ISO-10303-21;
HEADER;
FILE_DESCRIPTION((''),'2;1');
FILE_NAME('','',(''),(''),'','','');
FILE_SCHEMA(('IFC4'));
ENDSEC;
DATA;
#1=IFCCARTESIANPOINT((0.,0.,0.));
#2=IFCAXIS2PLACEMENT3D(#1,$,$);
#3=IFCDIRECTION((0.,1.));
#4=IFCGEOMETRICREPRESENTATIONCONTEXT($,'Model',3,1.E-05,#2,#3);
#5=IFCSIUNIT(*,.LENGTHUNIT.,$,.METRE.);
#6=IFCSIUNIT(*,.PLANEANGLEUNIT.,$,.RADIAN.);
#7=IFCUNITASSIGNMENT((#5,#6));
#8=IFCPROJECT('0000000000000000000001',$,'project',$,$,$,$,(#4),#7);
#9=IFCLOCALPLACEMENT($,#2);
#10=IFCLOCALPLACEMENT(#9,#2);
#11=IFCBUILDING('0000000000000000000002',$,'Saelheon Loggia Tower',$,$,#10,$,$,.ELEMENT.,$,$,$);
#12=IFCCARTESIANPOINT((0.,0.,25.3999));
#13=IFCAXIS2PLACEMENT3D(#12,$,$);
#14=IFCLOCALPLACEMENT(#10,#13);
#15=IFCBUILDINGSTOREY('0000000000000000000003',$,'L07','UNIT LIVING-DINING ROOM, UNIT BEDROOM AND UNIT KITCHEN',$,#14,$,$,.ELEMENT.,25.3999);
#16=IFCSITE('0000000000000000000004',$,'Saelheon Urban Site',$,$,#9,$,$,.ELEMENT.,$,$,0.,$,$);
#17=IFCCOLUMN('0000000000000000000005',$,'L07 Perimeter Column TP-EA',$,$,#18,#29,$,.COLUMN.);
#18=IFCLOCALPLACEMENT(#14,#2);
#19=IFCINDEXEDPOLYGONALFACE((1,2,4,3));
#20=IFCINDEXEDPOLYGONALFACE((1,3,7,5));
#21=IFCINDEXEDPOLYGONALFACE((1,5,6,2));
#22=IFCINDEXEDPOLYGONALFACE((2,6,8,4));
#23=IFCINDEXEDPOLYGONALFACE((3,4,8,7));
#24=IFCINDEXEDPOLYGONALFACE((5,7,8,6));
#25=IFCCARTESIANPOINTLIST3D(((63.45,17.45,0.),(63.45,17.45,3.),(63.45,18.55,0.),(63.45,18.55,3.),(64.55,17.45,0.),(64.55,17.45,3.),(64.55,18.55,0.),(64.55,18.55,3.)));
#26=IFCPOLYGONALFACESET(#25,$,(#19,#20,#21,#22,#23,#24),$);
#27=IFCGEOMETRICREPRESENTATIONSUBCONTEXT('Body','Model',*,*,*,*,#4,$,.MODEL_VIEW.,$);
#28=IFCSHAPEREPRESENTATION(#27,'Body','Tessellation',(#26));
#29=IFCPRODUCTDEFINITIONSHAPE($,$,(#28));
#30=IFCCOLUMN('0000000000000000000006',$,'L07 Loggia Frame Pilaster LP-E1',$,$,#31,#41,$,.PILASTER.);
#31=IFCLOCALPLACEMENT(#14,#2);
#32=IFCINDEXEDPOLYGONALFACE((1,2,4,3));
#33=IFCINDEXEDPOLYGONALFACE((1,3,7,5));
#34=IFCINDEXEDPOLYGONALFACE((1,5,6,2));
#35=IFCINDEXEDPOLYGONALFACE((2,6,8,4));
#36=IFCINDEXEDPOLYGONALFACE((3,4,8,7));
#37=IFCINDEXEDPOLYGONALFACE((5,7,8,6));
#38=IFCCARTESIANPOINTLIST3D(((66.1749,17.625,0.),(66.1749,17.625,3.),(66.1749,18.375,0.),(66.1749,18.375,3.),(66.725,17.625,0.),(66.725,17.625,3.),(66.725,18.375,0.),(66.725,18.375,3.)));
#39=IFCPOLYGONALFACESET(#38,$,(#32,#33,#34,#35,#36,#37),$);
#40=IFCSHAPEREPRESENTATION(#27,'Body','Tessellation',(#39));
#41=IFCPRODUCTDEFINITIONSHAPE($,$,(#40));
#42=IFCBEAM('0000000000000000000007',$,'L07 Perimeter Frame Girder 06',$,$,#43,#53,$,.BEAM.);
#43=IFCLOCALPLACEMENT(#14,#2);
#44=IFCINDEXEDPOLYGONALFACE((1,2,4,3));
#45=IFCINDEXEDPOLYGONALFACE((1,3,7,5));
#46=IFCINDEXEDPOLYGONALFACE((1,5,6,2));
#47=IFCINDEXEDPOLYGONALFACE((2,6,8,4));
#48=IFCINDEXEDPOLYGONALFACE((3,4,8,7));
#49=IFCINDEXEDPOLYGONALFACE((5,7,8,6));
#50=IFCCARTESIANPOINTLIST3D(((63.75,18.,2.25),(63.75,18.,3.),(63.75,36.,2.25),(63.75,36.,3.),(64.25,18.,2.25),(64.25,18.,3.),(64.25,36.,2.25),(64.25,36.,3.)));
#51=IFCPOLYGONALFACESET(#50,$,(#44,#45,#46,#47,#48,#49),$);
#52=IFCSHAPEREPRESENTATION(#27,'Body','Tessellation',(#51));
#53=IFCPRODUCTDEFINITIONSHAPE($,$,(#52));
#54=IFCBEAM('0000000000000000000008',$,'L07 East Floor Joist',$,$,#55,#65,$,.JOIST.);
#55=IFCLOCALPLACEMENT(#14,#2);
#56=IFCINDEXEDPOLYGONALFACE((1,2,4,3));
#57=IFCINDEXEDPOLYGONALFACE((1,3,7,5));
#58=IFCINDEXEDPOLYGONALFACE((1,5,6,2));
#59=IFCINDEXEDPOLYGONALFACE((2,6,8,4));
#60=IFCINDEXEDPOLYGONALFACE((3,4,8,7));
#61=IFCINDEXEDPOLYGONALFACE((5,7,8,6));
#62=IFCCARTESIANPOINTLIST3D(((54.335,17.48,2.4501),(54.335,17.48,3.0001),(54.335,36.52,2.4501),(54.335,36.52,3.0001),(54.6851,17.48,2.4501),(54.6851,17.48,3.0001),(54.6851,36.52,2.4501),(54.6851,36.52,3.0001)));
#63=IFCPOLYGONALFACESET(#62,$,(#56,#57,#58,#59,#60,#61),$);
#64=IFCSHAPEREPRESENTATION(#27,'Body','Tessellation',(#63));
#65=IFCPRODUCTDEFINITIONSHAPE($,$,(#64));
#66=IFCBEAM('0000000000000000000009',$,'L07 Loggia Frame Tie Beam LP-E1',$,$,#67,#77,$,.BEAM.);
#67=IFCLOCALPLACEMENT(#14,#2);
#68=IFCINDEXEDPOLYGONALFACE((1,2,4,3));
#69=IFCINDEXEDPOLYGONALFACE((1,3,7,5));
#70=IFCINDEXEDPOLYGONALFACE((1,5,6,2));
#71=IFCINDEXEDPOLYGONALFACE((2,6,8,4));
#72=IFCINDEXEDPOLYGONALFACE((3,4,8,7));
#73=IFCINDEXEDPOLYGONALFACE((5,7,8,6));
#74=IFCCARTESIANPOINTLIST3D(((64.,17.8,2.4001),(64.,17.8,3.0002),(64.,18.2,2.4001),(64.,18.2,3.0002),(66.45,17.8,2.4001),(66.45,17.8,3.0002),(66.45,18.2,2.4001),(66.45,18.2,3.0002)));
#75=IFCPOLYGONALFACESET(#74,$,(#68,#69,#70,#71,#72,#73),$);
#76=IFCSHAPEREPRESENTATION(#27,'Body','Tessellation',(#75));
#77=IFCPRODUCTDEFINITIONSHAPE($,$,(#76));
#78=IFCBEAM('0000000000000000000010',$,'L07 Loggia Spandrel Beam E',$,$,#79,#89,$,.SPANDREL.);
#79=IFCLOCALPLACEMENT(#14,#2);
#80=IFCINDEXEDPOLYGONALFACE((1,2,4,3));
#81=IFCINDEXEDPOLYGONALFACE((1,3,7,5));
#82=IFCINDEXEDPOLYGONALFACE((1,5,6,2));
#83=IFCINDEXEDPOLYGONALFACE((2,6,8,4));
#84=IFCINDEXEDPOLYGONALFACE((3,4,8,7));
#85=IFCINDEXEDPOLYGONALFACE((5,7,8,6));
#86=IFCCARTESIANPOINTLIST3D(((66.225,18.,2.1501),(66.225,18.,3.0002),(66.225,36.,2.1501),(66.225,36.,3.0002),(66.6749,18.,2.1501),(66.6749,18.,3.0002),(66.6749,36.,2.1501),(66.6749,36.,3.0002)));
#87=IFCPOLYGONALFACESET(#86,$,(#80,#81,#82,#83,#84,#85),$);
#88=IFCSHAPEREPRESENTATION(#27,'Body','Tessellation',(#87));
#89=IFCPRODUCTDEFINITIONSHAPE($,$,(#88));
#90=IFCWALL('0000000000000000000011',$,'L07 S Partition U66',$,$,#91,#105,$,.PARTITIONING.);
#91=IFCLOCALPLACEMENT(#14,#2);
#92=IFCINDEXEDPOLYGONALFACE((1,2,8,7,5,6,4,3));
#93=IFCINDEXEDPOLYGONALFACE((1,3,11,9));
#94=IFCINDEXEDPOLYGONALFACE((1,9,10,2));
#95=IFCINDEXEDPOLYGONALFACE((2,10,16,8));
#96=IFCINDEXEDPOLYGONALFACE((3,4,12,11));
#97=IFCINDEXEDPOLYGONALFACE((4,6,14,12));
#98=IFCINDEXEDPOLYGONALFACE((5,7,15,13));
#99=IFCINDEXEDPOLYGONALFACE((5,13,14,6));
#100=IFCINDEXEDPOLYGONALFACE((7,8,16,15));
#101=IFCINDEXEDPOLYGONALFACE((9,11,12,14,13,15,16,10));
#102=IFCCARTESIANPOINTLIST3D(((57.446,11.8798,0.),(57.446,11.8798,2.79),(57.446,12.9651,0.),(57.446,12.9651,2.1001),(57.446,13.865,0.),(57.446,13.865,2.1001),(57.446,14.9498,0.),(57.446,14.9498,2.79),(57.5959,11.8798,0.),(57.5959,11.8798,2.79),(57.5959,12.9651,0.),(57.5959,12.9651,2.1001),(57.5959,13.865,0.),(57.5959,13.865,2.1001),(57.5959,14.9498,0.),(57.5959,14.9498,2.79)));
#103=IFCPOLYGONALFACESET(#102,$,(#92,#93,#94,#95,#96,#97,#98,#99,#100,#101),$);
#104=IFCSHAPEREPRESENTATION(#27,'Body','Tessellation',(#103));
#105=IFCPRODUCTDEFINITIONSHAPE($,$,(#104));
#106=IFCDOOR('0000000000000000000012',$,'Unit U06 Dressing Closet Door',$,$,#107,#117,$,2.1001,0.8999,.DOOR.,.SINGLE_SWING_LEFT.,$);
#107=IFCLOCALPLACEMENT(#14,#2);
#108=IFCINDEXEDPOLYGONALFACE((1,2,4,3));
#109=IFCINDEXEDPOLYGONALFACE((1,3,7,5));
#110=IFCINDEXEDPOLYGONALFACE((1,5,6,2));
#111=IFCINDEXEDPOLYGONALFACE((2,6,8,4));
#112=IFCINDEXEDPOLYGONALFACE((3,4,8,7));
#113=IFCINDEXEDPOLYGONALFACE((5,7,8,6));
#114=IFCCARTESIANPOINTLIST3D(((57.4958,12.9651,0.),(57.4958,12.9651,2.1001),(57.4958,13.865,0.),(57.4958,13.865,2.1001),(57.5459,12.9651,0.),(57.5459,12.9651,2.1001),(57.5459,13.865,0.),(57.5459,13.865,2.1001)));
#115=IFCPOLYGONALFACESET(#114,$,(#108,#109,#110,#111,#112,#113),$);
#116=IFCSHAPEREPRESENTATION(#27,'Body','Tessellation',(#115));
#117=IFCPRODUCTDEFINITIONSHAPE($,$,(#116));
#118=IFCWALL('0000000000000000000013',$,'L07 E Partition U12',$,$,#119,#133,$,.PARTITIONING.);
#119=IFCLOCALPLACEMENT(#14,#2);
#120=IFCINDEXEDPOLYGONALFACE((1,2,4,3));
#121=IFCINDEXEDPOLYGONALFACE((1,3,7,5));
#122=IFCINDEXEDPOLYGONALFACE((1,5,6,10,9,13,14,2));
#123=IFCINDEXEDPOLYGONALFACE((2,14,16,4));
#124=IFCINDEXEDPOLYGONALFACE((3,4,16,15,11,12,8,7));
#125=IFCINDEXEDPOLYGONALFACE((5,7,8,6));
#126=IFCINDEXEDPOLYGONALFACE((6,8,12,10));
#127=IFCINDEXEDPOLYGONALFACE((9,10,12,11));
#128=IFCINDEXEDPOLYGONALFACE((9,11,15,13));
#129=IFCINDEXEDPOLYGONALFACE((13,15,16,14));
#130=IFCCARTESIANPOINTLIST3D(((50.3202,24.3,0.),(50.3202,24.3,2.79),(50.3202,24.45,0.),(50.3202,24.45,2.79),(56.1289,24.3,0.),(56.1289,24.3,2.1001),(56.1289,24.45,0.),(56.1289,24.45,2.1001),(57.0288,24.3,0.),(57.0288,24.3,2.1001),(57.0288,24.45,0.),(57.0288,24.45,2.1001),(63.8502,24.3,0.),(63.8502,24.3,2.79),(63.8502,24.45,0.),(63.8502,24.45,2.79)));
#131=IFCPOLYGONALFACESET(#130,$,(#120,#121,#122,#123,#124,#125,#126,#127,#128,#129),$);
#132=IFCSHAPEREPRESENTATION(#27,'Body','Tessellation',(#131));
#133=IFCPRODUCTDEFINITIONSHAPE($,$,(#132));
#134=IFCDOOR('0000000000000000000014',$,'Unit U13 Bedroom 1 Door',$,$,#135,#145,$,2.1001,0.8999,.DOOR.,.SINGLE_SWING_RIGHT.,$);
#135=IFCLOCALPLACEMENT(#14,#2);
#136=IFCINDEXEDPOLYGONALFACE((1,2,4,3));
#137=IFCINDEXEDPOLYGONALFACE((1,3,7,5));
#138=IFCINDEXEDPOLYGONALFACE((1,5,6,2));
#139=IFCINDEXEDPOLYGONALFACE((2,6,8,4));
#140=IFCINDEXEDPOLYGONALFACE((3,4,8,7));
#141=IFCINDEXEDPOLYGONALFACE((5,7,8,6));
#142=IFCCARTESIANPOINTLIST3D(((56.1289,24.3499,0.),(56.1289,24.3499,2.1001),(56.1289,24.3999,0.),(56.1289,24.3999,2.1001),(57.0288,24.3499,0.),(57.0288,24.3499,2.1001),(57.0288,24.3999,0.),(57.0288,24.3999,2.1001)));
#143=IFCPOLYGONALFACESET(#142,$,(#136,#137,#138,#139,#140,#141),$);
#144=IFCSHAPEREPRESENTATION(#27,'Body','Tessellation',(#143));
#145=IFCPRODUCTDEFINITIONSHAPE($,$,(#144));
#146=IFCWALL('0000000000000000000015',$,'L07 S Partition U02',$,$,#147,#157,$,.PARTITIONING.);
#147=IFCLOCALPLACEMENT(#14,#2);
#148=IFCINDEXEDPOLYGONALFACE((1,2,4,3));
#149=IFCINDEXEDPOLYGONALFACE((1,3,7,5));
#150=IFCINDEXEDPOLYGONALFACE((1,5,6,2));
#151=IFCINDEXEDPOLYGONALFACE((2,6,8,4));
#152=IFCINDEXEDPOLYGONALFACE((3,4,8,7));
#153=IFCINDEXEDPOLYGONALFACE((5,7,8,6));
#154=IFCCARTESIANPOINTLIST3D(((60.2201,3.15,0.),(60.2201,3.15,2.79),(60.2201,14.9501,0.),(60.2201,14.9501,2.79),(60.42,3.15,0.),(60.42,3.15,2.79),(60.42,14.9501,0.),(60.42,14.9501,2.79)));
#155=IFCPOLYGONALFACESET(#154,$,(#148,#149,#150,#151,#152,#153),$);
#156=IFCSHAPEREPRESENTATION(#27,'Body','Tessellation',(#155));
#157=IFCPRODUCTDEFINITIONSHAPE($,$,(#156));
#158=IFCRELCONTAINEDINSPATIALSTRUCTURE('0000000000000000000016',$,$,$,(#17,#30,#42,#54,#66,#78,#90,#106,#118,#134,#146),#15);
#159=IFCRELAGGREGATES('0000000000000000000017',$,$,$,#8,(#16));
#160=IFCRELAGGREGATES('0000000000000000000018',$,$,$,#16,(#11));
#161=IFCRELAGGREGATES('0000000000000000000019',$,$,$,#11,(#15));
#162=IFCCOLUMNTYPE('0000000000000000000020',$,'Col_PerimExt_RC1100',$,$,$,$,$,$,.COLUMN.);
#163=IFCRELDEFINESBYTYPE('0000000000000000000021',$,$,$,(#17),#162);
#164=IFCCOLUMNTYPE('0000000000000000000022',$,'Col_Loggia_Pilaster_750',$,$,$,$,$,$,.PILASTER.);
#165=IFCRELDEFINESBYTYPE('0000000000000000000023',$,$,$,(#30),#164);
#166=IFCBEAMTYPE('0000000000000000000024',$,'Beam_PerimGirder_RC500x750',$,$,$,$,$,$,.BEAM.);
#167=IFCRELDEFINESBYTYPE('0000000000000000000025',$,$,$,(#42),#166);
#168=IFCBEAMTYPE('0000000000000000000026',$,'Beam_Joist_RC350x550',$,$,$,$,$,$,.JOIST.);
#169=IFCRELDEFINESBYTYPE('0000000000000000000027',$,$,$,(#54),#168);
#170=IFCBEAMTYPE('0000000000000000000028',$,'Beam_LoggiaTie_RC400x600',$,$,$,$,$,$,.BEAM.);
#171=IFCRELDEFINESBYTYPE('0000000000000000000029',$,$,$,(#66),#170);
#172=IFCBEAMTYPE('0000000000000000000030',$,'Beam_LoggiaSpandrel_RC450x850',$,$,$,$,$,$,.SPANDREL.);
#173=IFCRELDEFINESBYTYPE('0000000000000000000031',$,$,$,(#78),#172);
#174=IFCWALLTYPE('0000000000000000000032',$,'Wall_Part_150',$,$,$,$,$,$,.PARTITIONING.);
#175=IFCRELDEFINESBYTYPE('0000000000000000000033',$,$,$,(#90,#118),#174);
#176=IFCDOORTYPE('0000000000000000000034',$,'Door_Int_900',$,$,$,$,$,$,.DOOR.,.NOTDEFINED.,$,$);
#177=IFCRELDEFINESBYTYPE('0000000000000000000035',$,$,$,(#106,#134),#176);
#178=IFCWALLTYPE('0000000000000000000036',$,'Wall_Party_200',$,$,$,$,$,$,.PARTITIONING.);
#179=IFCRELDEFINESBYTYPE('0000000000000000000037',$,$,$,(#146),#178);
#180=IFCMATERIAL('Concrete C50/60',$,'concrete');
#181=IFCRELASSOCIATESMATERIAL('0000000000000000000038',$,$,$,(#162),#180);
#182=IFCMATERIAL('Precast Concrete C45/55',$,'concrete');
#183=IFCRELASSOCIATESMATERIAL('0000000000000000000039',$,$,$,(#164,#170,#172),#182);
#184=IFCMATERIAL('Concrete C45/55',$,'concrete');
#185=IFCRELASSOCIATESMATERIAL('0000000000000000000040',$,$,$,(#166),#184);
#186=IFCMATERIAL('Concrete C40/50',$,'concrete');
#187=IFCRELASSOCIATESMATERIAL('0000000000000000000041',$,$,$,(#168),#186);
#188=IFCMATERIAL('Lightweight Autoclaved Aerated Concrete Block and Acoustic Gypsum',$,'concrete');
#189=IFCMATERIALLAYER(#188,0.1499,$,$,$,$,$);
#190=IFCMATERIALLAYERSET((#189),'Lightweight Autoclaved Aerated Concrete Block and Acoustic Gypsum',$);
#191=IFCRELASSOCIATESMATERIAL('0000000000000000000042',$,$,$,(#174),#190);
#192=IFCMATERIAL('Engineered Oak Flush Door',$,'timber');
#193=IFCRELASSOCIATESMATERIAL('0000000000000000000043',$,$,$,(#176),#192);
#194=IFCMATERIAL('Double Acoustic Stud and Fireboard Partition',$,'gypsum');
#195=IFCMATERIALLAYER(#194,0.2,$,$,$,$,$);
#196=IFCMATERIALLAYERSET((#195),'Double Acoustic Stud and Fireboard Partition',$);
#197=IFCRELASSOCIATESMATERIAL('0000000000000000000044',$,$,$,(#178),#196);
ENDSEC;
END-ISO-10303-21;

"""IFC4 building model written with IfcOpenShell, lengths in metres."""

from ifc_helpers import new_model, si_unit, direction, frame, frame_2d, origin, origin_2d, place, context, subcontext, project, spatial, rectangle, extrude, source, transform, mapped, material, layer, layer_set, material_profile, profile_set, type_object, element, fill, save


model = new_model("IFC4")

# Units and contexts
model_context = context("Model", 3, precision=1e-05, world=origin(), true_north=direction((0.0, 1.0)))
body_context = subcontext(model_context, "Body", "Model", "MODEL_VIEW")
ifc_project = project(units=[si_unit("LENGTHUNIT", "METRE"), si_unit("PLANEANGLEUNIT", "RADIAN")], contexts=[model_context])

# Site, building, storey
site_placement = place(None, origin())
site = spatial("IfcSite", under=ifc_project, at=site_placement, Name="Saelheon Urban Site", CompositionType="ELEMENT", RefElevation=0.0)
building_placement = place(site_placement, origin())
building = spatial("IfcBuilding", under=site, at=building_placement, Name="Saelheon Loggia Tower", CompositionType="ELEMENT")
storey_placement = place(building_placement, frame((0.0, 0.0, 25.3999)))
storey = spatial("IfcBuildingStorey", under=building, at=storey_placement, Name="L07", Description="UNIT LIVING-DINING ROOM, UNIT BEDROOM AND UNIT KITCHEN", CompositionType="ELEMENT", Elevation=25.3999)

# Columns
ifc_material_1 = material(Name="Concrete C50/60", Category="concrete")
ifc_material_profile_1 = material_profile(ifc_material_1, rectangle(XDim=1.1001, YDim=1.1001, at=origin_2d()), Name="RC-1100x1100")
ifc_profile_set_1 = profile_set([ifc_material_profile_1], Name="Concrete C50/60")
column_type_1 = type_object("IfcColumnType", Name="Col_PerimExt_RC1100", PredefinedType="COLUMN", material=ifc_profile_set_1)
shared_shape_1 = source(origin(), body_context, "Body", "SweptSolid", [
    extrude(rectangle(XDim=1.1001, YDim=1.1001, at=origin_2d()), origin(), (0.0, 0.0, 1.0), 3.0),
])
column_1_placement = place(storey_placement, frame((64.0, 18.0, 0.0), z_axis=(0.0, 0.0, 1.0), x_axis=(1.0, 0.0, 0.0)))
element("IfcColumn", 1, at=column_1_placement, inside=storey, type_object=column_type_1, Name="L07 Perimeter Column TP-EA", PredefinedType="COLUMN", context=body_context, shape_type="MappedRepresentation", body=[
    mapped(shared_shape_1, transform((0.0, 0.0, 0.0), scale=1.0)),
])
ifc_material_2 = material(Name="Precast Concrete C45/55", Category="concrete")
ifc_material_profile_2 = material_profile(ifc_material_2, rectangle(XDim=0.55, YDim=0.75, at=origin_2d()), Name="RC-550x750")
ifc_profile_set_2 = profile_set([ifc_material_profile_2], Name="Precast Concrete C45/55")
column_type_2 = type_object("IfcColumnType", Name="Col_Loggia_Pilaster_750", PredefinedType="PILASTER", material=ifc_profile_set_2)
shared_shape_2 = source(origin(), body_context, "Body", "SweptSolid", [
    extrude(rectangle(XDim=0.55, YDim=0.75, at=origin_2d()), origin(), (0.0, 0.0, 1.0), 3.0),
])
column_2_placement = place(storey_placement, frame((66.45, 18.0, 0.0), z_axis=(0.0, 0.0, 1.0), x_axis=(1.0, 0.0, 0.0)))
element("IfcColumn", 2, at=column_2_placement, inside=storey, type_object=column_type_2, Name="L07 Loggia Frame Pilaster LP-E1", PredefinedType="PILASTER", context=body_context, shape_type="MappedRepresentation", body=[
    mapped(shared_shape_2, transform((0.0, 0.0, 0.0), scale=1.0)),
])

# Beams
ifc_material_3 = material(Name="Concrete C45/55", Category="concrete")
ifc_material_profile_3 = material_profile(ifc_material_3, rectangle(XDim=0.5, YDim=0.75, at=origin_2d()), Name="RC-500x750")
ifc_profile_set_3 = profile_set([ifc_material_profile_3], Name="Concrete C45/55")
beam_type_1 = type_object("IfcBeamType", Name="Beam_PerimGirder_RC500x750", PredefinedType="BEAM", material=ifc_profile_set_3)
shared_shape_3 = source(origin(), body_context, "Body", "SweptSolid", [
    extrude(rectangle(XDim=0.5, YDim=0.75, at=origin_2d()), origin(), (0.0, 0.0, 1.0), 18.0),
])
beam_1_placement = place(storey_placement, frame((64.0, 18.0, 2.625), z_axis=(0.0, 1.0, 0.0), x_axis=(-1.0, 0.0, 0.0)))
element("IfcBeam", 3, at=beam_1_placement, inside=storey, type_object=beam_type_1, Name="L07 Perimeter Frame Girder 06", PredefinedType="BEAM", context=body_context, shape_type="MappedRepresentation", body=[
    mapped(shared_shape_3, transform((0.0, 0.0, 0.0), scale=1.0)),
])
ifc_material_4 = material(Name="Concrete C40/50", Category="concrete")
ifc_material_profile_4 = material_profile(ifc_material_4, rectangle(XDim=0.3501, YDim=0.55, at=origin_2d()), Name="RC-350x550")
ifc_profile_set_4 = profile_set([ifc_material_profile_4], Name="Concrete C40/50")
beam_type_2 = type_object("IfcBeamType", Name="Beam_Joist_RC350x550", PredefinedType="JOIST", material=ifc_profile_set_4)
shared_shape_4 = source(origin(), body_context, "Body", "SweptSolid", [
    extrude(rectangle(XDim=0.3501, YDim=0.55, at=origin_2d()), origin(), (0.0, 0.0, 1.0), 19.04),
])
beam_2_placement = place(storey_placement, frame((54.51, 17.48, 2.7251), z_axis=(0.0, 1.0, 0.0), x_axis=(-1.0, 0.0, 0.0)))
element("IfcBeam", 4, at=beam_2_placement, inside=storey, type_object=beam_type_2, Name="L07 East Floor Joist", PredefinedType="JOIST", context=body_context, shape_type="MappedRepresentation", body=[
    mapped(shared_shape_4, transform((0.0, 0.0, 0.0), scale=1.0)),
])
ifc_material_profile_5 = material_profile(ifc_material_2, rectangle(XDim=0.3999, YDim=0.6001, at=origin_2d()), Name="RC-400x600")
ifc_profile_set_5 = profile_set([ifc_material_profile_5], Name="Precast Concrete C45/55")
beam_type_3 = type_object("IfcBeamType", Name="Beam_LoggiaTie_RC400x600", PredefinedType="BEAM", material=ifc_profile_set_5)
shared_shape_5 = source(origin(), body_context, "Body", "SweptSolid", [
    extrude(rectangle(XDim=0.3999, YDim=0.6001, at=origin_2d()), origin(), (0.0, 0.0, 1.0), 2.45),
])
beam_3_placement = place(storey_placement, frame((64.0, 18.0, 2.7002), z_axis=(1.0, 0.0, 0.0), x_axis=(0.0, 1.0, 0.0)))
element("IfcBeam", 5, at=beam_3_placement, inside=storey, type_object=beam_type_3, Name="L07 Loggia Frame Tie Beam LP-E1", PredefinedType="BEAM", context=body_context, shape_type="MappedRepresentation", body=[
    mapped(shared_shape_5, transform((0.0, 0.0, 0.0), scale=1.0)),
])
ifc_material_profile_6 = material_profile(ifc_material_2, rectangle(XDim=0.45, YDim=0.8501, at=origin_2d()), Name="RC-450x850")
ifc_profile_set_6 = profile_set([ifc_material_profile_6], Name="Precast Concrete C45/55")
beam_type_4 = type_object("IfcBeamType", Name="Beam_LoggiaSpandrel_RC450x850", PredefinedType="SPANDREL", material=ifc_profile_set_6)
shared_shape_6 = source(origin(), body_context, "Body", "SweptSolid", [
    extrude(rectangle(XDim=0.45, YDim=0.8501, at=origin_2d()), origin(), (0.0, 0.0, 1.0), 18.0),
])
beam_4_placement = place(storey_placement, frame((66.45, 18.0, 2.5752), z_axis=(0.0, 1.0, 0.0), x_axis=(-1.0, 0.0, 0.0)))
element("IfcBeam", 6, at=beam_4_placement, inside=storey, type_object=beam_type_4, Name="L07 Loggia Spandrel Beam E", PredefinedType="SPANDREL", context=body_context, shape_type="MappedRepresentation", body=[
    mapped(shared_shape_6, transform((0.0, 0.0, 0.0), scale=1.0)),
])

# Walls, openings, doors
ifc_material_5 = material(Name="Lightweight Autoclaved Aerated Concrete Block and Acoustic Gypsum", Category="concrete")
ifc_layer_1 = layer(ifc_material_5, 0.1499)
ifc_layer_set_1 = layer_set([ifc_layer_1], Name="Lightweight Autoclaved Aerated Concrete Block and Acoustic Gypsum")
wall_type_1 = type_object("IfcWallType", Name="Wall_Part_150", PredefinedType="PARTITIONING", material=ifc_layer_set_1)
wall_1_placement = place(storey_placement, frame((57.521, 14.95, 0.0), z_axis=(0.0, 0.0, 1.0), x_axis=(0.0, -1.0, 0.0)))
wall_1 = element("IfcWall", 7, at=wall_1_placement, inside=storey, type_object=wall_type_1, Name="L07 S Partition U66", PredefinedType="PARTITIONING", context=body_context, shape_type="SweptSolid", body=[
    extrude(rectangle(XDim=3.0701, YDim=0.1499, at=frame_2d((1.5352, 0.0))), origin(), (0.0, 0.0, 1.0), 2.79),
])
opening_1_placement = place(wall_1_placement, frame((1.085, 0.0, 0.0)))
opening_1 = element("IfcOpeningElement", 8, at=opening_1_placement, cuts=wall_1, PredefinedType="OPENING", context=body_context, shape_type="SweptSolid", body=[
    extrude(rectangle(XDim=0.8999, YDim=2.1001, at=frame_2d((0.45, 1.05))), frame((0.0, 0.0869, 0.0), z_axis=(0.0, -1.0, 0.0), x_axis=(1.0, 0.0, 0.0)), (0.0, 0.0, 1.0), 0.1738),
])
ifc_material_6 = material(Name="Engineered Oak Flush Door", Category="timber")
door_type_1 = type_object("IfcDoorType", Name="Door_Int_900", OperationType="NOTDEFINED", PredefinedType="DOOR", material=ifc_material_6)
shared_shape_7 = source(origin(), body_context, "Body", "SweptSolid", [
    extrude(rectangle(XDim=0.8999, YDim=2.1001, at=frame_2d((0.45, 1.05))), frame((0.0, 0.0249, 0.0), z_axis=(0.0, -1.0, 0.0), x_axis=(1.0, 0.0, 0.0)), (0.0, 0.0, 1.0), 0.05),
])
door_1_placement = place(opening_1_placement, origin())
door_1 = element("IfcDoor", 9, at=door_1_placement, inside=storey, type_object=door_type_1, Name="Unit U06 Dressing Closet Door", OperationType="SINGLE_SWING_LEFT", OverallHeight=2.1001, OverallWidth=0.8999, PredefinedType="DOOR", context=body_context, shape_type="MappedRepresentation", body=[
    mapped(shared_shape_7, transform((0.0, 0.0, 0.0), scale=1.0)),
])
fill(opening_1, door_1)
wall_2_placement = place(storey_placement, frame((50.3201, 24.375, 0.0), z_axis=(0.0, 0.0, 1.0), x_axis=(1.0, 0.0, 0.0)))
wall_2 = element("IfcWall", 10, at=wall_2_placement, inside=storey, type_object=wall_type_1, Name="L07 E Partition U12", PredefinedType="PARTITIONING", context=body_context, shape_type="SweptSolid", body=[
    extrude(rectangle(XDim=13.53, YDim=0.1499, at=frame_2d((6.7651, 0.0))), origin(), (0.0, 0.0, 1.0), 2.79),
])
opening_2_placement = place(wall_2_placement, frame((5.8088, 0.0, 0.0)))
opening_2 = element("IfcOpeningElement", 11, at=opening_2_placement, cuts=wall_2, PredefinedType="OPENING", context=body_context, shape_type="SweptSolid", body=[
    extrude(rectangle(XDim=0.8999, YDim=2.1001, at=frame_2d((0.45, 1.05))), frame((0.0, 0.0869, 0.0), z_axis=(0.0, -1.0, 0.0), x_axis=(1.0, 0.0, 0.0)), (0.0, 0.0, 1.0), 0.1738),
])
door_2_placement = place(opening_2_placement, origin())
door_2 = element("IfcDoor", 12, at=door_2_placement, inside=storey, type_object=door_type_1, Name="Unit U13 Bedroom 1 Door", OperationType="SINGLE_SWING_RIGHT", OverallHeight=2.1001, OverallWidth=0.8999, PredefinedType="DOOR", context=body_context, shape_type="MappedRepresentation", body=[
    mapped(shared_shape_7, transform((0.0, 0.0, 0.0), scale=1.0)),
])
fill(opening_2, door_2)

# Wall
ifc_material_7 = material(Name="Double Acoustic Stud and Fireboard Partition", Category="gypsum")
ifc_layer_2 = layer(ifc_material_7, 0.2)
ifc_layer_set_2 = layer_set([ifc_layer_2], Name="Double Acoustic Stud and Fireboard Partition")
wall_type_2 = type_object("IfcWallType", Name="Wall_Party_200", PredefinedType="PARTITIONING", material=ifc_layer_set_2)
wall_3_placement = place(storey_placement, frame((60.3201, 14.95, 0.0), z_axis=(0.0, 0.0, 1.0), x_axis=(0.0, -1.0, 0.0)))
element("IfcWall", 13, at=wall_3_placement, inside=storey, type_object=wall_type_2, Name="L07 S Partition U02", PredefinedType="PARTITIONING", context=body_context, shape_type="SweptSolid", body=[
    extrude(rectangle(XDim=11.8, YDim=0.2, at=frame_2d((5.8999, 0.0))), origin(), (0.0, 0.0, 1.0), 2.79),
])

save(model, "model.ifc")
